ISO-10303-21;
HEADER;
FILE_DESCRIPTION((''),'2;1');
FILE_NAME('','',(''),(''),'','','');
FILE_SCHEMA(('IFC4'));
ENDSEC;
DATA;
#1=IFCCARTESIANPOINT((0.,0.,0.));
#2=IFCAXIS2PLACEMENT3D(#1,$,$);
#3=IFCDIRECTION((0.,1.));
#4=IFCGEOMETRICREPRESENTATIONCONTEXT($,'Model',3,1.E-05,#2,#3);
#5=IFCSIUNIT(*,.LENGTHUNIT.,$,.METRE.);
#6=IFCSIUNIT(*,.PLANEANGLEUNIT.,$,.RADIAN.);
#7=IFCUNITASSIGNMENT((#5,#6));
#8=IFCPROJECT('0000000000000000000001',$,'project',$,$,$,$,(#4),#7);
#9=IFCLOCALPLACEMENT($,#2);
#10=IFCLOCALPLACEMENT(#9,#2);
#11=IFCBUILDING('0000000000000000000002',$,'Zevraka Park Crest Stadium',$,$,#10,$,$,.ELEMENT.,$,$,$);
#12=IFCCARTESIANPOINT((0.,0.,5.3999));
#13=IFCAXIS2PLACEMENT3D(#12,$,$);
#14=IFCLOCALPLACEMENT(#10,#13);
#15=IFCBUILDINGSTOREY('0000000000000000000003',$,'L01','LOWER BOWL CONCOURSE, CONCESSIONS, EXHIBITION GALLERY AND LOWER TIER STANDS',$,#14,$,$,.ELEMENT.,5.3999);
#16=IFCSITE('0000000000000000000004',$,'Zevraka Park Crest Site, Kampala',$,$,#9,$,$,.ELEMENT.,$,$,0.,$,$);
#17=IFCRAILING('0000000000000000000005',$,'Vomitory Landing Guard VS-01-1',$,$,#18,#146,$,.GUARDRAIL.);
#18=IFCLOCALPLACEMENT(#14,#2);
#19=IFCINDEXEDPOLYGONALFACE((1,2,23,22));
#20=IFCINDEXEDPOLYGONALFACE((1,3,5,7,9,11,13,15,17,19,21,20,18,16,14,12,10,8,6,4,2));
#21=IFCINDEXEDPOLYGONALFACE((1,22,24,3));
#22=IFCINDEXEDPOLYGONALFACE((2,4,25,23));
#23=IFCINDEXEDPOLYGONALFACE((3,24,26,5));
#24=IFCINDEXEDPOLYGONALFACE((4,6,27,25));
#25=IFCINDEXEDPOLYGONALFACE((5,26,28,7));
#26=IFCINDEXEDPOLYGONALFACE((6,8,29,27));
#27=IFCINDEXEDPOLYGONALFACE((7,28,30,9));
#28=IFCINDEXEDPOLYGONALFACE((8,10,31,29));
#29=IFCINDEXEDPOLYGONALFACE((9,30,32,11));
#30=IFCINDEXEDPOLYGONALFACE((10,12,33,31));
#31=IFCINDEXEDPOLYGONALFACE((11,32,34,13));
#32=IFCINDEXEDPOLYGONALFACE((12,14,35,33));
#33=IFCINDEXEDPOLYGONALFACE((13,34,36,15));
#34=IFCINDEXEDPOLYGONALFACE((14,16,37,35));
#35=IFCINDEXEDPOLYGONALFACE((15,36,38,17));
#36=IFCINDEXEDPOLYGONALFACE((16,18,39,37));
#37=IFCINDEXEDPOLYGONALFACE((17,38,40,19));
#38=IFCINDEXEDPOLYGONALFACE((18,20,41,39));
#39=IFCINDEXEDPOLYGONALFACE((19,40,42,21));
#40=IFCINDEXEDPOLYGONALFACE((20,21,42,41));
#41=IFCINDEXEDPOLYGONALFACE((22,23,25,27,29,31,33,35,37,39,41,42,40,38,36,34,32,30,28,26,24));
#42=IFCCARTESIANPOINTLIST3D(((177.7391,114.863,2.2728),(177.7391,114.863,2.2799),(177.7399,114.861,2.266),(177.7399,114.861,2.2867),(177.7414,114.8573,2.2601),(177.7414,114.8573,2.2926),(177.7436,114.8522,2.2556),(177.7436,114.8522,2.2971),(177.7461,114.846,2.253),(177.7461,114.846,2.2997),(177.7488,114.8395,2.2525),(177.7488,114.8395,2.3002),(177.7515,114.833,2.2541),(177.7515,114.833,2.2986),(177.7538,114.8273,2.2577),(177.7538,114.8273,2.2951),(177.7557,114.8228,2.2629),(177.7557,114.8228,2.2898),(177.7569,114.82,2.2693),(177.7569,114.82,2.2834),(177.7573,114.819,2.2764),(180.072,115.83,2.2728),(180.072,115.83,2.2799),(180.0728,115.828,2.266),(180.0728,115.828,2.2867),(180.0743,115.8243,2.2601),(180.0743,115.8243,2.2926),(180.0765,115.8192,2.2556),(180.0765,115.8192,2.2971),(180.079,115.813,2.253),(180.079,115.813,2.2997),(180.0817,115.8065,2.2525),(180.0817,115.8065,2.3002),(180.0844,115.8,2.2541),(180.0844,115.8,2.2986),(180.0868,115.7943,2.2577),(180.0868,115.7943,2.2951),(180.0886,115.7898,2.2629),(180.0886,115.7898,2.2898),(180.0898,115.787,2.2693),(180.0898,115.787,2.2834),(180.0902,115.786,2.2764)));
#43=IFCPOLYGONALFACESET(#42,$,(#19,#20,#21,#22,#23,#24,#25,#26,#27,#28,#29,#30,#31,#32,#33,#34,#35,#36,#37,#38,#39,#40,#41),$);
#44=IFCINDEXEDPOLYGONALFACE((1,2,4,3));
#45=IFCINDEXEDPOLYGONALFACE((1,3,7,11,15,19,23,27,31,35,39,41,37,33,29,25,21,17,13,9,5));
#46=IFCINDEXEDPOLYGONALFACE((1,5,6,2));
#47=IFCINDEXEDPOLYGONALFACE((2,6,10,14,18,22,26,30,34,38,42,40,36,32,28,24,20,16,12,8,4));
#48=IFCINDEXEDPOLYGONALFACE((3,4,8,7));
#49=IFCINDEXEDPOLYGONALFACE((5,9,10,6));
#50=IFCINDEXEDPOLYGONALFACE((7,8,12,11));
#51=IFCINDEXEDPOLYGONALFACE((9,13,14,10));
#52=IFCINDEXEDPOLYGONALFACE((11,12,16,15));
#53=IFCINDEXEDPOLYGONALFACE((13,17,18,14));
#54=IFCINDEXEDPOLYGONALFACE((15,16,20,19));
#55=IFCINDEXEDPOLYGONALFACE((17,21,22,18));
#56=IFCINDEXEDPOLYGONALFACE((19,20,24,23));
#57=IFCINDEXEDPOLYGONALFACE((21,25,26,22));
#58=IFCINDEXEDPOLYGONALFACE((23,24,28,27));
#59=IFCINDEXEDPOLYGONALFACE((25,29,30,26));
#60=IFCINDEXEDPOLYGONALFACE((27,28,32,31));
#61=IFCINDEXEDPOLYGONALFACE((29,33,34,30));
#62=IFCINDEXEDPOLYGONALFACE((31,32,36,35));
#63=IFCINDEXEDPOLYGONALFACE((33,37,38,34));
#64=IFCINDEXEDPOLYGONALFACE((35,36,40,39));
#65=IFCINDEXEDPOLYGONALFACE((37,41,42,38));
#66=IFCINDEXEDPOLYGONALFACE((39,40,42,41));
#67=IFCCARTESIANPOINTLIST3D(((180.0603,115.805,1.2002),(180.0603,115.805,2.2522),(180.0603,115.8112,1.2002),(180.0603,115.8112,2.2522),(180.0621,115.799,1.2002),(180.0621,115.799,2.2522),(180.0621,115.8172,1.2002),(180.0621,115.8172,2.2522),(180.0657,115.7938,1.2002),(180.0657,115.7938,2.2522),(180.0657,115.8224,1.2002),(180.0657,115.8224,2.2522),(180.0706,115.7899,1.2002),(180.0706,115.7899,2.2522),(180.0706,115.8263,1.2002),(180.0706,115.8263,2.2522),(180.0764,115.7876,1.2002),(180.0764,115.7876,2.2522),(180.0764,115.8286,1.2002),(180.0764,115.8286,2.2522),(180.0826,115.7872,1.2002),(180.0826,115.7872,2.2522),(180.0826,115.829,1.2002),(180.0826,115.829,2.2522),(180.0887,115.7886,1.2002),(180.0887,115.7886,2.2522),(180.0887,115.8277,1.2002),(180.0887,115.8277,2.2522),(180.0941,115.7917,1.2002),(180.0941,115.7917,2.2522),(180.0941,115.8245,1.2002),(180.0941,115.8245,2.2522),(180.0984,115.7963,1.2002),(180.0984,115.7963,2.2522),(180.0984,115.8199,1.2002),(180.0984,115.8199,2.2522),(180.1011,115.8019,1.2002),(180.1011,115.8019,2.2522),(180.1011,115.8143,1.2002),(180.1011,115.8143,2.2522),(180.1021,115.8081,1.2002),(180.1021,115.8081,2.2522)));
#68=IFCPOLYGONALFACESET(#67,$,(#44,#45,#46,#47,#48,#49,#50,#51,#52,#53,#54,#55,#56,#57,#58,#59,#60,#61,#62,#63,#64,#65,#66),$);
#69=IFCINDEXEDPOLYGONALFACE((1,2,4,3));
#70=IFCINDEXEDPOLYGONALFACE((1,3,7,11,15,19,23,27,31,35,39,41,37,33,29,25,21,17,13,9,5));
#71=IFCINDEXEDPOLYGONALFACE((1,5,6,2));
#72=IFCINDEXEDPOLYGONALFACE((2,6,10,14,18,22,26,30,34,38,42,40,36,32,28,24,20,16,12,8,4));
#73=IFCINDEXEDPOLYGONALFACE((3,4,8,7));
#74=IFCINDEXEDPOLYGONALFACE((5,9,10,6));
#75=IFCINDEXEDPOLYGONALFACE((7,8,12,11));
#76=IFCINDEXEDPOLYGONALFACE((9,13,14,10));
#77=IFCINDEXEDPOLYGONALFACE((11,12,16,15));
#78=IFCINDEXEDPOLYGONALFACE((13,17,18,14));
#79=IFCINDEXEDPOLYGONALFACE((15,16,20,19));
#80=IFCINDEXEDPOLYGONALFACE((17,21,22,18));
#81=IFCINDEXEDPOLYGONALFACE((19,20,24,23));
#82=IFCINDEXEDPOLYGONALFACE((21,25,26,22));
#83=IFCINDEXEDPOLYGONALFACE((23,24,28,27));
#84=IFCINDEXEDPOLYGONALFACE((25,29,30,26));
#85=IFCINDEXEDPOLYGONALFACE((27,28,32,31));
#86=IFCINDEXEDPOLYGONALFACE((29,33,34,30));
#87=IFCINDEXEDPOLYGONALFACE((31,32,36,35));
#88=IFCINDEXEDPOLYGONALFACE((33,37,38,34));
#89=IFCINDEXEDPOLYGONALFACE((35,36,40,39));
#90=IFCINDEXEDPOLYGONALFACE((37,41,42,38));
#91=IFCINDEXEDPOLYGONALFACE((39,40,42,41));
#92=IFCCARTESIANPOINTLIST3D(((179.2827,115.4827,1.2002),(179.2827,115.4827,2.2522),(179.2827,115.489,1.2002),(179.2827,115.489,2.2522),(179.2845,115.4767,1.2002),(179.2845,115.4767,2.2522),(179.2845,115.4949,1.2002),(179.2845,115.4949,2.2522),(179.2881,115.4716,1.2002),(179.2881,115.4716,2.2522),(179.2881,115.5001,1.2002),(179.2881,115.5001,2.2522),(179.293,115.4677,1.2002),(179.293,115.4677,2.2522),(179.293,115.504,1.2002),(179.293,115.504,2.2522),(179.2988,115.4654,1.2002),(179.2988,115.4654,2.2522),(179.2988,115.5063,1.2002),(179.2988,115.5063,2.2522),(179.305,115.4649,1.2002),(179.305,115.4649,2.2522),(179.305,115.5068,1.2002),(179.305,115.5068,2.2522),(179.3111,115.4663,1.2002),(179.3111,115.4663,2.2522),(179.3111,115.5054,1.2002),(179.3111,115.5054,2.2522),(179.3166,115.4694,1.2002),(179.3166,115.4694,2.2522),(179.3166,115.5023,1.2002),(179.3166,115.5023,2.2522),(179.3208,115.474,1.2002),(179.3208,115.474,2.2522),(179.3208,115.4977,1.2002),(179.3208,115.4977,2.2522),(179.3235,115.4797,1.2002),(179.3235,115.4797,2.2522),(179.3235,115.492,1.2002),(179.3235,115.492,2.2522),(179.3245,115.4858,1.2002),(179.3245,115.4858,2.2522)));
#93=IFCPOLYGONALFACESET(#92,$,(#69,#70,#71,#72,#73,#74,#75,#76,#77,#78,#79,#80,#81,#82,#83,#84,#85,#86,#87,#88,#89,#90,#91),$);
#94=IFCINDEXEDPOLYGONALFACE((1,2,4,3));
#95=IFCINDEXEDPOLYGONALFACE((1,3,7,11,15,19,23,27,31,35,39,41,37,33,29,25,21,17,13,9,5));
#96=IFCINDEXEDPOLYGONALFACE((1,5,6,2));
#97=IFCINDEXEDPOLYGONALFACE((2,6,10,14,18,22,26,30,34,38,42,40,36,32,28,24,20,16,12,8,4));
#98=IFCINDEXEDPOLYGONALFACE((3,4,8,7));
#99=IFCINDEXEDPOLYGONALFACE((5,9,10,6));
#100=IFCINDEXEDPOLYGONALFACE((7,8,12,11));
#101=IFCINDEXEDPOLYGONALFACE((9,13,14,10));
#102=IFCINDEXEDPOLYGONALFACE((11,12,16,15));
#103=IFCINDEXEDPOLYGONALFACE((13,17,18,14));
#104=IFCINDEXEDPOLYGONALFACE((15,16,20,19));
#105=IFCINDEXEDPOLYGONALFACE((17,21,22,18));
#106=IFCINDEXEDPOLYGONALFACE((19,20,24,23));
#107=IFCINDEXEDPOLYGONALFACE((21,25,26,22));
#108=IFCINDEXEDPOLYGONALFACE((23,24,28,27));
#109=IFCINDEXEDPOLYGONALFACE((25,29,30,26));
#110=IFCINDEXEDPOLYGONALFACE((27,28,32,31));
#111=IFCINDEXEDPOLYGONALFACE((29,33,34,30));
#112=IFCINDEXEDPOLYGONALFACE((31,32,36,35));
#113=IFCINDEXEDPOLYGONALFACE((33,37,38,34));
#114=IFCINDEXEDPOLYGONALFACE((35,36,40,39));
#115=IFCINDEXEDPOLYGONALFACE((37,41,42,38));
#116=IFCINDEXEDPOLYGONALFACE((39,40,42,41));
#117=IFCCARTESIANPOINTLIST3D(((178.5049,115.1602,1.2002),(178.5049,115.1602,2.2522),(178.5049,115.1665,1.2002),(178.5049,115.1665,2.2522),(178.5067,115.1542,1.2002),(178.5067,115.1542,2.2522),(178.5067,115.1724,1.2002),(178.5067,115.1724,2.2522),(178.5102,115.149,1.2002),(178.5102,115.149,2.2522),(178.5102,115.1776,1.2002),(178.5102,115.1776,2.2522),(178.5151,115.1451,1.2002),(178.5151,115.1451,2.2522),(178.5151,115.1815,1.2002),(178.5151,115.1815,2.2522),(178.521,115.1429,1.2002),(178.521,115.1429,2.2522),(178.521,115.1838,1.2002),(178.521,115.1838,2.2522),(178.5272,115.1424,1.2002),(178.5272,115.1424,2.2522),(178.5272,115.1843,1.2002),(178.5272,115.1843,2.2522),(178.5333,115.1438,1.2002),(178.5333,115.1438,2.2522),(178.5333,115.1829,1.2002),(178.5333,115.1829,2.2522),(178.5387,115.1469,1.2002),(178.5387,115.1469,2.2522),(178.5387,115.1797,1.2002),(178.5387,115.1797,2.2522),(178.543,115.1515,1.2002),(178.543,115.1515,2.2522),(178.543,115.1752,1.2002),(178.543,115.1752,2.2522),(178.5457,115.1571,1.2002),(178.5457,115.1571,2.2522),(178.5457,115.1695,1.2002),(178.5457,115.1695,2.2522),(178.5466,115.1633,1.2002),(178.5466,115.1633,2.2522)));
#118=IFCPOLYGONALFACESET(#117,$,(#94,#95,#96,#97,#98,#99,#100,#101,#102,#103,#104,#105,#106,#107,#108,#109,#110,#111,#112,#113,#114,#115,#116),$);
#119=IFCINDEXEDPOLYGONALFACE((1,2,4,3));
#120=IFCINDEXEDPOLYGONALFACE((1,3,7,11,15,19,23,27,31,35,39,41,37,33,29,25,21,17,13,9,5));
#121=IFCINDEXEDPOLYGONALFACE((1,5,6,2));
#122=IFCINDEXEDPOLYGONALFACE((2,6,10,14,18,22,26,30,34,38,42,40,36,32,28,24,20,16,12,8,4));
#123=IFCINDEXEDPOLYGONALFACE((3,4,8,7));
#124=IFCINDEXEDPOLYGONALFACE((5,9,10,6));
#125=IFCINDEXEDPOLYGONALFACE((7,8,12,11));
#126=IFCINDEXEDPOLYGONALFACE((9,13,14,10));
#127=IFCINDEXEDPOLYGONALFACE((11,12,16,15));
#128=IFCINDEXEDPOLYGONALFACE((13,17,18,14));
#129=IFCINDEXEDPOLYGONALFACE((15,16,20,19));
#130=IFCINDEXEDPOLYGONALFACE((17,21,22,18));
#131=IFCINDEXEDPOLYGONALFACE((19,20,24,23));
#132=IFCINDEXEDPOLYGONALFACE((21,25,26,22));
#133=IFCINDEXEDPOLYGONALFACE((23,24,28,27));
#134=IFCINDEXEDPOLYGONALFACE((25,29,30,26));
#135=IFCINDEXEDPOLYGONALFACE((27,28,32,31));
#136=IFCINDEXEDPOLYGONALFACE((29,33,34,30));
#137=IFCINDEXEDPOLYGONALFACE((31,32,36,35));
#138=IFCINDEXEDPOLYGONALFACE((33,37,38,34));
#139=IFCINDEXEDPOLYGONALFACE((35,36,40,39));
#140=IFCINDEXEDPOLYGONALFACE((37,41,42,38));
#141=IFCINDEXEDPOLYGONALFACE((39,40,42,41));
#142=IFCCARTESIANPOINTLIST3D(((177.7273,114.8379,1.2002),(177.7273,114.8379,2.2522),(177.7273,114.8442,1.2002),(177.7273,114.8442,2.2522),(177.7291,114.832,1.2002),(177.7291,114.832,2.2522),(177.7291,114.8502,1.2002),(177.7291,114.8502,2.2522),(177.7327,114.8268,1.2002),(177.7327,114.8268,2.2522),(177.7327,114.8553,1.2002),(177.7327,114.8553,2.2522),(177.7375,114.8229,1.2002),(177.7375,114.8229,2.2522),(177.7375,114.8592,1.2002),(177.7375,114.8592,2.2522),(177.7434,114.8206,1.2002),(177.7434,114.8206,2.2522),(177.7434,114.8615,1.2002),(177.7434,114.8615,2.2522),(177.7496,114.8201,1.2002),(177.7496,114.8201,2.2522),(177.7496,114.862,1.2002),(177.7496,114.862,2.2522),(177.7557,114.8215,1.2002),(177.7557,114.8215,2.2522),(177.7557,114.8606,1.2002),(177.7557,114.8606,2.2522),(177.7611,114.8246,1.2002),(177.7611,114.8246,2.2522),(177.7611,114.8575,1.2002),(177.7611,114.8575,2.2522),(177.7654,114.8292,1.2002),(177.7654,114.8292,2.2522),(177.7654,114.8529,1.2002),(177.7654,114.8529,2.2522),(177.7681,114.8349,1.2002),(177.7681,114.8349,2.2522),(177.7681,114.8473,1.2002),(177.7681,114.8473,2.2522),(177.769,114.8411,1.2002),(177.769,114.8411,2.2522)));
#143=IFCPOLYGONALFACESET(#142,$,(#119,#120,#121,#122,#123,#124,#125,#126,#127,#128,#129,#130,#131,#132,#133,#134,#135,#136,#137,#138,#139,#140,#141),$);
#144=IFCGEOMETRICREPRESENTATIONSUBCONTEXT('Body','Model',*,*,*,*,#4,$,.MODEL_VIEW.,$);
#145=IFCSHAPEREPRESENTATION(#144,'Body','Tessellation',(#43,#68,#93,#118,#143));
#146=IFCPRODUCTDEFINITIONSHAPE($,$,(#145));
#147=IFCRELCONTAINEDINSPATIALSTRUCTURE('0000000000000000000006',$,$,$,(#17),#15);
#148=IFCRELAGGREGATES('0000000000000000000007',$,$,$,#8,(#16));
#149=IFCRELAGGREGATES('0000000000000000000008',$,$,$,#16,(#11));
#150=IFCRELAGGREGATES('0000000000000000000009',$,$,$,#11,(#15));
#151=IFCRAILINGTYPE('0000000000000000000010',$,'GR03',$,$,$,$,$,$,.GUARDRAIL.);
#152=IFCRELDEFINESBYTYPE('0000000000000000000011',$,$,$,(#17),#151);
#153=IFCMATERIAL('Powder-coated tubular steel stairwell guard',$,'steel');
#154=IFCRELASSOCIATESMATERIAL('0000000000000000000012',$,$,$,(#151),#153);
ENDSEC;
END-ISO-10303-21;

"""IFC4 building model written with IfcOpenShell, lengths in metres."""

from ifc_helpers import new_model, si_unit, direction, frame, origin, origin_2d, place, context, subcontext, project, spatial, circle, extrude, material, type_object, element, save


model = new_model("IFC4")

# Units and contexts
model_context = context("Model", 3, precision=1e-05, world=origin(), true_north=direction((0.0, 1.0)))
body_context = subcontext(model_context, "Body", "Model", "MODEL_VIEW")
ifc_project = project(units=[si_unit("LENGTHUNIT", "METRE"), si_unit("PLANEANGLEUNIT", "RADIAN")], contexts=[model_context])

# Site, building, storey
site_placement = place(None, origin())
site = spatial("IfcSite", under=ifc_project, at=site_placement, Name="Zevraka Park Crest Site, Kampala", CompositionType="ELEMENT", RefElevation=0.0)
building_placement = place(site_placement, origin())
building = spatial("IfcBuilding", under=site, at=building_placement, Name="Zevraka Park Crest Stadium", CompositionType="ELEMENT")
storey_placement = place(building_placement, frame((0.0, 0.0, 5.3999)))
storey = spatial("IfcBuildingStorey", under=building, at=storey_placement, Name="L01", Description="LOWER BOWL CONCOURSE, CONCESSIONS, EXHIBITION GALLERY AND LOWER TIER STANDS", CompositionType="ELEMENT", Elevation=5.3999)

# Railing
ifc_material_1 = material(Name="Powder-coated tubular steel stairwell guard", Category="steel")
railing_type_1 = type_object("IfcRailingType", Name="GR03", PredefinedType="GUARDRAIL", material=ifc_material_1)
railing_1_placement = place(storey_placement, frame((180.0811, 115.8081, 1.2002)))
element("IfcRailing", 1, at=railing_1_placement, inside=storey, type_object=railing_type_1, Name="Vomitory Landing Guard VS-01-1", PredefinedType="GUARDRAIL", context=body_context, shape_type="SweptSolid", body=[
    extrude(circle(Radius=0.0239, at=origin_2d()), frame((0.0, 0.0, 1.0762), z_axis=(-0.923785, -0.382912, 0.0), x_axis=(0.382912, -0.923785, 0.0)), (0.0, 0.0, 1.0), 2.5254),
    extrude(circle(Radius=0.021, at=origin_2d()), origin(), (0.0, 0.0, 1.0), 1.052),
    extrude(circle(Radius=0.021, at=origin_2d()), frame((-0.7776, -0.3223, 0.0)), (0.0, 0.0, 1.0), 1.052),
    extrude(circle(Radius=0.021, at=origin_2d()), frame((-1.5554, -0.6448, 0.0)), (0.0, 0.0, 1.0), 1.052),
    extrude(circle(Radius=0.021, at=origin_2d()), frame((-2.333, -0.967, 0.0)), (0.0, 0.0, 1.0), 1.052),
])

save(model, "model.ifc")
